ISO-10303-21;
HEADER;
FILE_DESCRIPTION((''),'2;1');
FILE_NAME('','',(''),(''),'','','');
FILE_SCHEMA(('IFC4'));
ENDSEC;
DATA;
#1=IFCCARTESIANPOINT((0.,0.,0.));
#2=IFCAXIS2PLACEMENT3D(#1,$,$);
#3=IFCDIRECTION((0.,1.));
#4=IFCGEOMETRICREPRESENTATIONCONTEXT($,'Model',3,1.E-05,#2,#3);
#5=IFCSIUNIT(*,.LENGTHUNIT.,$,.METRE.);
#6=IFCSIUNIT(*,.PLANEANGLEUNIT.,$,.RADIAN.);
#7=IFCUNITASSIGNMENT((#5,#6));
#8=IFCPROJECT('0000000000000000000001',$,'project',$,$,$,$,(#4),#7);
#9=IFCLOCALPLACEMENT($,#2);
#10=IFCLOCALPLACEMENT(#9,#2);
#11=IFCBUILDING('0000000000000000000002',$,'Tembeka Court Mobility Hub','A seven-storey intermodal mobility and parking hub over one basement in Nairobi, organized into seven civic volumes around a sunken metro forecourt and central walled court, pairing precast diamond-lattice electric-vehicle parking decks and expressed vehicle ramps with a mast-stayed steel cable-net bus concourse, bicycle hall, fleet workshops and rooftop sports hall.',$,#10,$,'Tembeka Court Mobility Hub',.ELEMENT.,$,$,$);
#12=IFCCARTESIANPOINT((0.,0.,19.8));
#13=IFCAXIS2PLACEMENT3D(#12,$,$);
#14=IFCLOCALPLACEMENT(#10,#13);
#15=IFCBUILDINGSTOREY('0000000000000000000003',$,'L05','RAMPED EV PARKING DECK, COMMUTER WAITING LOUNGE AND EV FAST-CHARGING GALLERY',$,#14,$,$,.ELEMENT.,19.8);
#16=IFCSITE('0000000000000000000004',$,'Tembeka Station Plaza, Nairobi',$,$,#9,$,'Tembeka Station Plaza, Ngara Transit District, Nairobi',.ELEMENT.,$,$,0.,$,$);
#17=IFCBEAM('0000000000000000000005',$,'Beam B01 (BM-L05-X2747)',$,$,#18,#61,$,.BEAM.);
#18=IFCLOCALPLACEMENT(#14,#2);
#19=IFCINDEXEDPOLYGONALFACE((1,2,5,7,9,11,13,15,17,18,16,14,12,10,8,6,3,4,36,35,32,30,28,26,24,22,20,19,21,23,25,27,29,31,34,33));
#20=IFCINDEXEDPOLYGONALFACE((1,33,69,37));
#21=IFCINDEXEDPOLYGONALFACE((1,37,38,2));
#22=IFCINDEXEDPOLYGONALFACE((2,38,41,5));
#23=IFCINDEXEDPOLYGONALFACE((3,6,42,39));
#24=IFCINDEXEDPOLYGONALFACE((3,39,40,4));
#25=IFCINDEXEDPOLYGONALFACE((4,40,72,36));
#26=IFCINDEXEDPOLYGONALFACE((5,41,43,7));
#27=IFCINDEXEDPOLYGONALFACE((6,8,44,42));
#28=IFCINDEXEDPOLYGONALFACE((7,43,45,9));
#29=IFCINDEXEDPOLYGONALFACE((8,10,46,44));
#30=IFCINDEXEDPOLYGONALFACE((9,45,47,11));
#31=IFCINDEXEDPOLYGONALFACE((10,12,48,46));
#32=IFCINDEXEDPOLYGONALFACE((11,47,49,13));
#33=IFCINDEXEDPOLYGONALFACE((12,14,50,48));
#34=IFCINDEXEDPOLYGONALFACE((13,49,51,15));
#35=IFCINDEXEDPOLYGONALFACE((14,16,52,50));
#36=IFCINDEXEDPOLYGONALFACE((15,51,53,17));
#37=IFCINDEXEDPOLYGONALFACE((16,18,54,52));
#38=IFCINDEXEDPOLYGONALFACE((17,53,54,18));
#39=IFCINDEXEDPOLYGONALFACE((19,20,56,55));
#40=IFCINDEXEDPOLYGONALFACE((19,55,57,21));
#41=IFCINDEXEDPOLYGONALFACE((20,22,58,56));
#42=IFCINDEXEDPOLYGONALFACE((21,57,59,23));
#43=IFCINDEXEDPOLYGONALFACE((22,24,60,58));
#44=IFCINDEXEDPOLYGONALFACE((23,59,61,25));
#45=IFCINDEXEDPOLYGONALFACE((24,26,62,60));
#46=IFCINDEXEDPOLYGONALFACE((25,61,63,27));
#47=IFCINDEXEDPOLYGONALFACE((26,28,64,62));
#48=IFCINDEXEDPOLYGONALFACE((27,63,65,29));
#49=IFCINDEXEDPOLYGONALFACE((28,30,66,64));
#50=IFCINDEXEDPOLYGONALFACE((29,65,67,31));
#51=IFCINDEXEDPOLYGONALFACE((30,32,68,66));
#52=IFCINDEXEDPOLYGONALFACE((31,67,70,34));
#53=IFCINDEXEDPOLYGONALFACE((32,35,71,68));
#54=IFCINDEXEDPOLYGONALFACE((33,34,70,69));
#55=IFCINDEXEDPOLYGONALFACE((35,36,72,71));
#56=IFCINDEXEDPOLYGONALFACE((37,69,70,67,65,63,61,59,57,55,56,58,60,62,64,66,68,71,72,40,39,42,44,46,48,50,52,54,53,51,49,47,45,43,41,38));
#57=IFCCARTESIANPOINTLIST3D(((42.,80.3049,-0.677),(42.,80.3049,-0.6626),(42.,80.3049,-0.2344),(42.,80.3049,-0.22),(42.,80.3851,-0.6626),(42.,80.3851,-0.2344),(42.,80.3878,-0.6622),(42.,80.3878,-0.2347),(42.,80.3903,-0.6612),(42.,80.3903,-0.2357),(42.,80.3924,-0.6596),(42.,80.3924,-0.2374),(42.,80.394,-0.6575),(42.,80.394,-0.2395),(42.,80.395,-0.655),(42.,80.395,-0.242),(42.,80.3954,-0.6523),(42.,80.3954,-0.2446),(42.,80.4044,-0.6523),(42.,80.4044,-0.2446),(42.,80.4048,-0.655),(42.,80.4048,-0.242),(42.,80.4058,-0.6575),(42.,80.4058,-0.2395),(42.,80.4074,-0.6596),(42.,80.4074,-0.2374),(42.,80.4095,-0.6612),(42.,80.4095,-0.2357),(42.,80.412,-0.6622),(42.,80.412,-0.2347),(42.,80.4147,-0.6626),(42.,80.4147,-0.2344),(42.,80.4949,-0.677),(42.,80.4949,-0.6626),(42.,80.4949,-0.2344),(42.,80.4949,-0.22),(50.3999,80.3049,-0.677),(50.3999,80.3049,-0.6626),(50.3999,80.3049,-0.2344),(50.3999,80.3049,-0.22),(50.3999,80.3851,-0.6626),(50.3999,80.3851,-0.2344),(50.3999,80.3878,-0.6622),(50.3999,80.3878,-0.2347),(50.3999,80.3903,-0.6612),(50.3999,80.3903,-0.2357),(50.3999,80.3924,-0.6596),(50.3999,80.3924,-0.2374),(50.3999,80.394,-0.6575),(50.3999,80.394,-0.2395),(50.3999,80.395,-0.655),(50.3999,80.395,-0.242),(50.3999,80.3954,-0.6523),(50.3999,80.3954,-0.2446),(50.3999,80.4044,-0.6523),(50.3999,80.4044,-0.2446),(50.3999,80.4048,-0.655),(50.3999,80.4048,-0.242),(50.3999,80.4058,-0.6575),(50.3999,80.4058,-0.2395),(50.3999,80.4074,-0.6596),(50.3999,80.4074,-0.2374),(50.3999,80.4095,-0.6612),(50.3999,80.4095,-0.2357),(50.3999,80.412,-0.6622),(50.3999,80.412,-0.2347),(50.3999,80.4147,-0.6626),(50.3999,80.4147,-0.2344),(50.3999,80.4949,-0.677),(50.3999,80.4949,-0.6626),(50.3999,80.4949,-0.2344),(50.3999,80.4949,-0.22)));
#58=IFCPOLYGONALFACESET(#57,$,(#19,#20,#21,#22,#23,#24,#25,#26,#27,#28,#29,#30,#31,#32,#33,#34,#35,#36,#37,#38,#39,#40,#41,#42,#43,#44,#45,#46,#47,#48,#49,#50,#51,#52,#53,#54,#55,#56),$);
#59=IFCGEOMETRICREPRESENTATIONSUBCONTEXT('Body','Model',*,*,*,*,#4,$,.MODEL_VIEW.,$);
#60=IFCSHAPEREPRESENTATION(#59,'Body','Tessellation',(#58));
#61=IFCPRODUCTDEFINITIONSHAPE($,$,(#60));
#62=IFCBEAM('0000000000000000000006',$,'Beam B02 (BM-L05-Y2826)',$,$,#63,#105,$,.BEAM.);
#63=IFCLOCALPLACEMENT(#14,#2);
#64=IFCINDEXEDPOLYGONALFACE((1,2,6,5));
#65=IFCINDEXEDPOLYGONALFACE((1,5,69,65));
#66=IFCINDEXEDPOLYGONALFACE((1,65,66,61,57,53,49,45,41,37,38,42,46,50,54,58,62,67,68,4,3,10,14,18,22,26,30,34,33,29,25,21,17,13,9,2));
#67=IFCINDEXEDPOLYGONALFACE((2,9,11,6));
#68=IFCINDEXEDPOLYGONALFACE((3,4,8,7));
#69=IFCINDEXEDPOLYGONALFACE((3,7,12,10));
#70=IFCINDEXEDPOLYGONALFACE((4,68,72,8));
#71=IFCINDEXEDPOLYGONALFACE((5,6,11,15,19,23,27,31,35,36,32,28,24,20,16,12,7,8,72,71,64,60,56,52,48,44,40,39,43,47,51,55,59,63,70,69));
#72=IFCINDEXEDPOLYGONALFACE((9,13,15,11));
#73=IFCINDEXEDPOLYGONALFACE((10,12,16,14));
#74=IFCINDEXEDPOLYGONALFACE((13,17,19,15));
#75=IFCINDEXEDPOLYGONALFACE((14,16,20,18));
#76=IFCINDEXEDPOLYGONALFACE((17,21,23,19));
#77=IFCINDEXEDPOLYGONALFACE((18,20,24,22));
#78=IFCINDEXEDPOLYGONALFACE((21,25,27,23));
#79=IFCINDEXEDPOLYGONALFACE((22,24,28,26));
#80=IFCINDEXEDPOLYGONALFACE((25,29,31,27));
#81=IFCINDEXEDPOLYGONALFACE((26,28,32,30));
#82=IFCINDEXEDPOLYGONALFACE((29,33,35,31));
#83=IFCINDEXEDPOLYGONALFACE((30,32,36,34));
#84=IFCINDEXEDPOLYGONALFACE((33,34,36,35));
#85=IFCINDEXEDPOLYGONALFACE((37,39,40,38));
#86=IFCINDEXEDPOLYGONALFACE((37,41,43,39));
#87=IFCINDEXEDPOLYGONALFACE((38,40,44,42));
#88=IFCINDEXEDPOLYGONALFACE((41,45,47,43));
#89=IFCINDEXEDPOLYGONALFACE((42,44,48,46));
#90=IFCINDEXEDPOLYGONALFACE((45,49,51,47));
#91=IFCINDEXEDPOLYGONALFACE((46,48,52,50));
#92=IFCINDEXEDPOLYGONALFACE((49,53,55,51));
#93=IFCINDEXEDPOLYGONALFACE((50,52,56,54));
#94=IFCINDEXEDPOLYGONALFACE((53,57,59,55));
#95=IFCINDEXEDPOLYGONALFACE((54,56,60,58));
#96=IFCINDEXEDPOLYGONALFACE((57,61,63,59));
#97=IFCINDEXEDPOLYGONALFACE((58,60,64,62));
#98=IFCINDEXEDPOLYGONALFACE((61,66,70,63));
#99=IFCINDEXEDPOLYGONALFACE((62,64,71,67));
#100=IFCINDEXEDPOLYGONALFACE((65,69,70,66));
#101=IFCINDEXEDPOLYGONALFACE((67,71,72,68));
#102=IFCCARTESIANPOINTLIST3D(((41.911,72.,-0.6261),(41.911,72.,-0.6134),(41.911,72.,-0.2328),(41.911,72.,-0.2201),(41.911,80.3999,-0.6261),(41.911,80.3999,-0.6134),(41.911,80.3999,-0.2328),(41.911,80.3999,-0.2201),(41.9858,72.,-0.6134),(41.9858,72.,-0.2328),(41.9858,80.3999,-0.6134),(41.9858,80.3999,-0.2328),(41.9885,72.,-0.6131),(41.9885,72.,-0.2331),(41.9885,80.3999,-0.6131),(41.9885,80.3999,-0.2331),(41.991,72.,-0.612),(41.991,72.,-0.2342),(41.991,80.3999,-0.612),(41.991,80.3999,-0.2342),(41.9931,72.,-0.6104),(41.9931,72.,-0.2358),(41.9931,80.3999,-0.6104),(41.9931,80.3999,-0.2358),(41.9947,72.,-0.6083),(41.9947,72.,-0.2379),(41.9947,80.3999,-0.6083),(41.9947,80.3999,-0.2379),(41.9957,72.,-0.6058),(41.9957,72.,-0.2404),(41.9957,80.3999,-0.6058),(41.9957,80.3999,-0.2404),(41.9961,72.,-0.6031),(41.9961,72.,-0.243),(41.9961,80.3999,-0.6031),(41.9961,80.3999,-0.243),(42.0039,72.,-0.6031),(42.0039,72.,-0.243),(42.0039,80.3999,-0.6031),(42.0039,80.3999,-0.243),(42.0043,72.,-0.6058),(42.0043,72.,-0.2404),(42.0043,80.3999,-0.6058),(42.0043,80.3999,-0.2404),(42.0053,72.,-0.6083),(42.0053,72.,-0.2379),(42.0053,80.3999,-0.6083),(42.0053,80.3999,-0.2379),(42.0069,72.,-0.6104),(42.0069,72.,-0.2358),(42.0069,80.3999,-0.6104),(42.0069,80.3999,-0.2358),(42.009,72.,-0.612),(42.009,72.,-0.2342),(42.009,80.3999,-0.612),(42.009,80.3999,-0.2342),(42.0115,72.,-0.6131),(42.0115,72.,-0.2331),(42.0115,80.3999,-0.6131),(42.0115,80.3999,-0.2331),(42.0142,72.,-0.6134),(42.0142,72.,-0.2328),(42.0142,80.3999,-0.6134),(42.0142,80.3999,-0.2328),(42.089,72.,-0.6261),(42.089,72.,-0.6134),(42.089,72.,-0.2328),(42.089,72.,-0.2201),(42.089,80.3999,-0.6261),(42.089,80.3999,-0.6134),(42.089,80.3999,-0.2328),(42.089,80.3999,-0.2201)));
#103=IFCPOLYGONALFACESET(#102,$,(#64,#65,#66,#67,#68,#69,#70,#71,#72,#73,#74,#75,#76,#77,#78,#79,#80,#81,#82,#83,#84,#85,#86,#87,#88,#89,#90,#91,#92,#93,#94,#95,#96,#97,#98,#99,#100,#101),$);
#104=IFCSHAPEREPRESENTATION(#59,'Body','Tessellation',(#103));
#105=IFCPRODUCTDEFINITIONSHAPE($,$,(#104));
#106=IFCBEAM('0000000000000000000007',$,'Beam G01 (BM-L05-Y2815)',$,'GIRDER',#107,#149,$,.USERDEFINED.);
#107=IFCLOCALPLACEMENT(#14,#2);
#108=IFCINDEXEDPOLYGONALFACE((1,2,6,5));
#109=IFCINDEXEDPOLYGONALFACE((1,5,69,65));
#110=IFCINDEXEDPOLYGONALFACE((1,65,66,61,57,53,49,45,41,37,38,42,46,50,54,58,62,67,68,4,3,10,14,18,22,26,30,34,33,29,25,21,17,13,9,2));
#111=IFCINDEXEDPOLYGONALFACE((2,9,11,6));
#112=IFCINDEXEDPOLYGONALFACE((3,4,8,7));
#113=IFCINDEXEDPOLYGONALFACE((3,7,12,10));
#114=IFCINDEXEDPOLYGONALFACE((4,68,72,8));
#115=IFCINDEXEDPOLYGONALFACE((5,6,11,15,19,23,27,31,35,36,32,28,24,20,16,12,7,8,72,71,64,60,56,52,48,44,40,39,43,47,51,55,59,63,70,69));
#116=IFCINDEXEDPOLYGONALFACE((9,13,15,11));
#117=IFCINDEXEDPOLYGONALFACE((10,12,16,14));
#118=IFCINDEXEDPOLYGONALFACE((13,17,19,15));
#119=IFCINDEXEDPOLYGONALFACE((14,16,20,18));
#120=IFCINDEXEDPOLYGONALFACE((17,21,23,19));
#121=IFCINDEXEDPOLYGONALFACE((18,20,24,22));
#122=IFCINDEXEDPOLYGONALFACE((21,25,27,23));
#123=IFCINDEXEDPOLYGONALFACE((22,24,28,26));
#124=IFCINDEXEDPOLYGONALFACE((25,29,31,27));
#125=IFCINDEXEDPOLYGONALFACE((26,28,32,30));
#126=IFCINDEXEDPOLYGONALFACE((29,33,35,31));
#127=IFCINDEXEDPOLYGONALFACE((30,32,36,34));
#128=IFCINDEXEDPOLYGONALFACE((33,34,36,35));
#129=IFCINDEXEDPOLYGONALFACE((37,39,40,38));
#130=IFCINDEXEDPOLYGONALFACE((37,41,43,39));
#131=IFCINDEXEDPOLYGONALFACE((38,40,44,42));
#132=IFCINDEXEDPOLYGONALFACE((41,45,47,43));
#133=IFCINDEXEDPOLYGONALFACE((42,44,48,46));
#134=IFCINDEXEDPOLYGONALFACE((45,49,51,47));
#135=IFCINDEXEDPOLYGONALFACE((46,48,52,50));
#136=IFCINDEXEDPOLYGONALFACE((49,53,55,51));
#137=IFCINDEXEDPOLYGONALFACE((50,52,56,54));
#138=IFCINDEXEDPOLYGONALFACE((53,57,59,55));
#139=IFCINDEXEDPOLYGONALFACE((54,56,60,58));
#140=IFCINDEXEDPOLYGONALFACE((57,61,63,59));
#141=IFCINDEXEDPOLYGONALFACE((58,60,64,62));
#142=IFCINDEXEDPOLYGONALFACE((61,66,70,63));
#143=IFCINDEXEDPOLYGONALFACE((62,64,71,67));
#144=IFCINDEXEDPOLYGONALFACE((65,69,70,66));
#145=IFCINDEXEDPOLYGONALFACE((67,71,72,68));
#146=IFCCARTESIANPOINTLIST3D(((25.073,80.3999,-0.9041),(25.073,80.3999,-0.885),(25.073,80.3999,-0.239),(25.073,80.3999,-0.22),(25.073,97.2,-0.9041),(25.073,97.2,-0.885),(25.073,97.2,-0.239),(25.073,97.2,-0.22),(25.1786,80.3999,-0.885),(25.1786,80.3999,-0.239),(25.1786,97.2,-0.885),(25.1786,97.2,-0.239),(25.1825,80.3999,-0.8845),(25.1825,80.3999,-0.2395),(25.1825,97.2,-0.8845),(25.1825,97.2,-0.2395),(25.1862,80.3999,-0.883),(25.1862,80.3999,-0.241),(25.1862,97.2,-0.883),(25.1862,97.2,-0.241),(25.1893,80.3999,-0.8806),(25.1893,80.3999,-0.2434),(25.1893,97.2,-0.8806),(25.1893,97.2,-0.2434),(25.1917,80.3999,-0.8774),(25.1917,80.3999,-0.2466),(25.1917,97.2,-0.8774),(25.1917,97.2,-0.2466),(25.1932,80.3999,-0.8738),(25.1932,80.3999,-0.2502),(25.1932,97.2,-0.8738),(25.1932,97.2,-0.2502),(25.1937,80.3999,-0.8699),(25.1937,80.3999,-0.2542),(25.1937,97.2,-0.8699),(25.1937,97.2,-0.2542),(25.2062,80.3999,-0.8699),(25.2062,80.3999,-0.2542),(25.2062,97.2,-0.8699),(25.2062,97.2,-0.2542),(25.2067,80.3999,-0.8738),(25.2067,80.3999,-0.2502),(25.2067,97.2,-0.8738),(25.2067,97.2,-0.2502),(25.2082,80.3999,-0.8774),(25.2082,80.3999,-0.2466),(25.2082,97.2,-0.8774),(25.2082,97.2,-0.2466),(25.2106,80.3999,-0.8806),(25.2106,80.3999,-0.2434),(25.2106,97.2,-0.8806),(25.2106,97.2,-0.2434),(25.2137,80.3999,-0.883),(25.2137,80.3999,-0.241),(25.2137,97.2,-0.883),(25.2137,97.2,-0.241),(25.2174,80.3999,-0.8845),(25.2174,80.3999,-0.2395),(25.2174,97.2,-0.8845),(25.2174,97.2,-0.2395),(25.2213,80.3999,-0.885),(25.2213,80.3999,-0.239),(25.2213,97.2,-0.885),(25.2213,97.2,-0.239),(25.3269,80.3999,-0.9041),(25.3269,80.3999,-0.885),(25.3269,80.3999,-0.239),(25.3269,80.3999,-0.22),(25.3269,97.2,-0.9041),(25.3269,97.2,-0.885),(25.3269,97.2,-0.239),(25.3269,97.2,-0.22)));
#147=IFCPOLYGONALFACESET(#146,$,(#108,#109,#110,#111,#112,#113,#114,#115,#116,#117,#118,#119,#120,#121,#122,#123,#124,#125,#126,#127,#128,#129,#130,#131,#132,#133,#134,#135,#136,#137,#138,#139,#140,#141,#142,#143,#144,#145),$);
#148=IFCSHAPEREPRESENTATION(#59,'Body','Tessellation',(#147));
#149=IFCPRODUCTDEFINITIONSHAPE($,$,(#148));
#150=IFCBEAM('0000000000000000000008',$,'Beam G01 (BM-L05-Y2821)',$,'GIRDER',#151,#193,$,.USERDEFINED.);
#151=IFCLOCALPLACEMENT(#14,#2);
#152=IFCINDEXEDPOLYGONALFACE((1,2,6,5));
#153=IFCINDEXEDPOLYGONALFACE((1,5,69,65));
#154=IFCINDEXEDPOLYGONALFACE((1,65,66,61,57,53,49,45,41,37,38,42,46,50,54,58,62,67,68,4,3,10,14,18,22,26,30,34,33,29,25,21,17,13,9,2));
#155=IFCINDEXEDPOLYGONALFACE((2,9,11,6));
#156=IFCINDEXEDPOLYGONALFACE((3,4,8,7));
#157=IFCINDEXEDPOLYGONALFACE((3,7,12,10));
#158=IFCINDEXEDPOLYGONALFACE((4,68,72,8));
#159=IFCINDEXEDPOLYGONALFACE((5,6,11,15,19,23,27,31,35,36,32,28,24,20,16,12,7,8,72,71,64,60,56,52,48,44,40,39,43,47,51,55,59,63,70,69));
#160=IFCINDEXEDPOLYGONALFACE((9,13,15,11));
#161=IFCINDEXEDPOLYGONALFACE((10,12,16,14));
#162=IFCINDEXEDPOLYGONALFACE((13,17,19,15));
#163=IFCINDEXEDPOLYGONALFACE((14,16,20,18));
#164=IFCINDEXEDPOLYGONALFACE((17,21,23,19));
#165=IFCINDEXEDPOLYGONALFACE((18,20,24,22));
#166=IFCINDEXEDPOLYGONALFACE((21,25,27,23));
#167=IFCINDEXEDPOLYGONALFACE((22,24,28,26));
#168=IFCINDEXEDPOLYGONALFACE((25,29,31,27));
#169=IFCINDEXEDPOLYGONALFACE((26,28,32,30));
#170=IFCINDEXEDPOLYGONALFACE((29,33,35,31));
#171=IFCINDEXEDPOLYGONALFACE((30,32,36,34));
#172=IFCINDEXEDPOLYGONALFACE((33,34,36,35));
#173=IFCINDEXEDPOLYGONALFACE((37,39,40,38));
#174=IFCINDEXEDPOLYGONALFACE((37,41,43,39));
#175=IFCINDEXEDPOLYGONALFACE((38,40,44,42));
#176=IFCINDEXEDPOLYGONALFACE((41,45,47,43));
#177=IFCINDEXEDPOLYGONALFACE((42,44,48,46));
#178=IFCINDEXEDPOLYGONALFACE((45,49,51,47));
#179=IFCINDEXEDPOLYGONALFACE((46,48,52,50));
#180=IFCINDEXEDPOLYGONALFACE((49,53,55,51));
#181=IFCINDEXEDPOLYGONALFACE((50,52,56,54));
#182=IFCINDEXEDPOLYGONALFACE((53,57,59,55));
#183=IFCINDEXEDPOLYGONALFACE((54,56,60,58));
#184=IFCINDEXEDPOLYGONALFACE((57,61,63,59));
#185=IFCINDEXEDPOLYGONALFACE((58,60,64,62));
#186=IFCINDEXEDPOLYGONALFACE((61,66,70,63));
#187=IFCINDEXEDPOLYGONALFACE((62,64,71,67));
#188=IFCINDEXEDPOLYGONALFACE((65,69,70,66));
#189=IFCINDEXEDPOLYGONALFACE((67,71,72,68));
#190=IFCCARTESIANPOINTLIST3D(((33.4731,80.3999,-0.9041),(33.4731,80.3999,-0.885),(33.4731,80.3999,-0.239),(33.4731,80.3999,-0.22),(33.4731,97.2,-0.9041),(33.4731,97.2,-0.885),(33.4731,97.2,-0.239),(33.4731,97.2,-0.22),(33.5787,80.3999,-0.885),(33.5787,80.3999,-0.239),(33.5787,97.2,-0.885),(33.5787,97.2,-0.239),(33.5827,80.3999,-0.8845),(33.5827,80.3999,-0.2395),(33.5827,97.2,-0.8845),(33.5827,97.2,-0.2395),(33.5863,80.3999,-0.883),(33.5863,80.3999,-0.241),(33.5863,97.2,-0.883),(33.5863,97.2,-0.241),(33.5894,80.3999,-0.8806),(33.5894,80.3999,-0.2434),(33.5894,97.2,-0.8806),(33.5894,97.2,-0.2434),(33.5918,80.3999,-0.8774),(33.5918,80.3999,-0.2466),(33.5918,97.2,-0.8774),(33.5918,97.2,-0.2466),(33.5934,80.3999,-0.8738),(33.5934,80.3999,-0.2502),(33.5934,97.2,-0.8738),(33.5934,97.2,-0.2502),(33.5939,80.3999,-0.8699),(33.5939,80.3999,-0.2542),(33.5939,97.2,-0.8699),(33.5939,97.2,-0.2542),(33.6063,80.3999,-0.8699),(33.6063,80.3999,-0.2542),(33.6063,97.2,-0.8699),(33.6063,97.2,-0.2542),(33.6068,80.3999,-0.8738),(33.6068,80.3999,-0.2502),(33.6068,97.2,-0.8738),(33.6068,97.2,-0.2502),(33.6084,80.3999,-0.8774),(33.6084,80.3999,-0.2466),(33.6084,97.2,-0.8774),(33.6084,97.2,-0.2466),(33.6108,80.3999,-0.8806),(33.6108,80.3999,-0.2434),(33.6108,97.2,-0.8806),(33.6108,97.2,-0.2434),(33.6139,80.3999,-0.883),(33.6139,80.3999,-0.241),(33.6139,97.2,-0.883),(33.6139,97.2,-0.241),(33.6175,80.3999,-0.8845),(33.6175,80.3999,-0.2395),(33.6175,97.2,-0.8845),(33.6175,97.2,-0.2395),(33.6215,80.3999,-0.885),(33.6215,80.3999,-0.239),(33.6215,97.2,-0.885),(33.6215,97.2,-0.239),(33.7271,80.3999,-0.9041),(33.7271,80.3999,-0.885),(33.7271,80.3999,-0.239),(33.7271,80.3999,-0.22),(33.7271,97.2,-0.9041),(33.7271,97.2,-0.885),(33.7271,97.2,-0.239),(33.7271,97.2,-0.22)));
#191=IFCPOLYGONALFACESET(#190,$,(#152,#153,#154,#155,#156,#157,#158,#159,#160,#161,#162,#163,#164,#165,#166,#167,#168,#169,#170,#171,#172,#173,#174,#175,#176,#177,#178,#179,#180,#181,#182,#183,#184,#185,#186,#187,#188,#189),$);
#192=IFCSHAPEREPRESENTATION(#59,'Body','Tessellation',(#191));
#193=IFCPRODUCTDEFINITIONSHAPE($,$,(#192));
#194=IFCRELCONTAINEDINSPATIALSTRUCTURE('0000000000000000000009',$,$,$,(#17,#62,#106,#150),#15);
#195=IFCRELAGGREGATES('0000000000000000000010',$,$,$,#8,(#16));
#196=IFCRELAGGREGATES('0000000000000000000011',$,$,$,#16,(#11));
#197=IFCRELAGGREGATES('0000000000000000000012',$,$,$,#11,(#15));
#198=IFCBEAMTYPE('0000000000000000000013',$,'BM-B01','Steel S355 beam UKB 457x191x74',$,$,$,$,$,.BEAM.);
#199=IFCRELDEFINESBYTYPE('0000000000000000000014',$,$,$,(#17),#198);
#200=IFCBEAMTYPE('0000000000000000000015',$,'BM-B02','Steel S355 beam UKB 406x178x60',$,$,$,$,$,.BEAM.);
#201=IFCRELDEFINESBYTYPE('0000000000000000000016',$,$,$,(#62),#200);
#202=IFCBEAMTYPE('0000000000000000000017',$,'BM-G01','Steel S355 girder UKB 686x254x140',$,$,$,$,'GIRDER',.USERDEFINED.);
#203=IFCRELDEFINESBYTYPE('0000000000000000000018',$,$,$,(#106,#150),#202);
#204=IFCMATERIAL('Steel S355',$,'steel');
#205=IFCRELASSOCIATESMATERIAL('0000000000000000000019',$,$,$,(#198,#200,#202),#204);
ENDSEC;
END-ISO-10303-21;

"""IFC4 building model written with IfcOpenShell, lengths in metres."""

from ifc_helpers import new_model, si_unit, direction, frame, origin, origin_2d, place, context, subcontext, project, spatial, i_section, extrude, material, material_profile, profile_set, type_object, element, save


model = new_model("IFC4")

# Units and contexts
model_context = context("Model", 3, precision=1e-05, world=origin(), true_north=direction((0.0, 1.0)))
body_context = subcontext(model_context, "Body", "Model", "MODEL_VIEW")
ifc_project = project(units=[si_unit("LENGTHUNIT", "METRE"), si_unit("PLANEANGLEUNIT", "RADIAN")], contexts=[model_context])

# Site, building, storey
site_placement = place(None, origin())
site = spatial("IfcSite", under=ifc_project, at=site_placement, Name="Tembeka Station Plaza, Nairobi", LongName="Tembeka Station Plaza, Ngara Transit District, Nairobi", CompositionType="ELEMENT", RefElevation=0.0)
building_placement = place(site_placement, origin())
building = spatial("IfcBuilding", under=site, at=building_placement, Name="Tembeka Court Mobility Hub", Description="A seven-storey intermodal mobility and parking hub over one basement in Nairobi, organized into seven civic volumes around a sunken metro forecourt and central walled court, pairing precast diamond-lattice electric-vehicle parking decks and expressed vehicle ramps with a mast-stayed steel cable-net bus concourse, bicycle hall, fleet workshops and rooftop sports hall.", LongName="Tembeka Court Mobility Hub", CompositionType="ELEMENT")
storey_placement = place(building_placement, frame((0.0, 0.0, 19.8)))
storey = spatial("IfcBuildingStorey", under=building, at=storey_placement, Name="L05", Description="RAMPED EV PARKING DECK, COMMUTER WAITING LOUNGE AND EV FAST-CHARGING GALLERY", CompositionType="ELEMENT", Elevation=19.8)

# Shared definitions
ifc_material = material(Name="Steel S355", Category="steel")

# Beams
ifc_material_profile_1 = material_profile(ifc_material, i_section(OverallWidth=0.1899, OverallDepth=0.457, WebThickness=0.009, FlangeThickness=0.0144, FilletRadius=0.0103, at=origin_2d()), Name="UKB 457x191x74")
ifc_profile_set_1 = profile_set([ifc_material_profile_1], Name="Steel S355")
beam_type_1 = type_object("IfcBeamType", Name="BM-B01", Description="Steel S355 beam UKB 457x191x74", PredefinedType="BEAM", material=ifc_profile_set_1)
for number, where, z_axis, x_axis, name in (
    (1, (42.0, 80.3999, -0.4485), (1.0, 0.0, 0.0), (0.0, 1.0, 0.0), "Beam B01 (BM-L05-X2747)"),
):
    element("IfcBeam", number, at=place(storey_placement, frame(where, z_axis=z_axis, x_axis=x_axis)), inside=storey, type_object=beam_type_1, Name=name, PredefinedType="BEAM", context=body_context, shape_type="SweptSolid", body=[
        extrude(i_section(OverallWidth=0.1899, OverallDepth=0.457, WebThickness=0.009, FlangeThickness=0.0144, FilletRadius=0.0103, at=origin_2d()), origin(), (0.0, 0.0, 1.0), 8.3999),
    ])
ifc_material_profile_2 = material_profile(ifc_material, i_section(OverallWidth=0.178, OverallDepth=0.406, WebThickness=0.0078, FlangeThickness=0.0127, FilletRadius=0.0103, at=origin_2d()), Name="UKB 406x178x60")
ifc_profile_set_2 = profile_set([ifc_material_profile_2], Name="Steel S355")
beam_type_2 = type_object("IfcBeamType", Name="BM-B02", Description="Steel S355 beam UKB 406x178x60", PredefinedType="BEAM", material=ifc_profile_set_2)
beam_1_placement = place(storey_placement, frame((42.0, 72.0, -0.4231), z_axis=(0.0, 1.0, 0.0), x_axis=(-1.0, 0.0, 0.0)))
element("IfcBeam", 2, at=beam_1_placement, inside=storey, type_object=beam_type_2, Name="Beam B02 (BM-L05-Y2826)", PredefinedType="BEAM", context=body_context, shape_type="SweptSolid", body=[
    extrude(i_section(OverallWidth=0.178, OverallDepth=0.406, WebThickness=0.0078, FlangeThickness=0.0127, FilletRadius=0.0103, at=origin_2d()), origin(), (0.0, 0.0, 1.0), 8.3999),
])
ifc_material_profile_3 = material_profile(ifc_material, i_section(OverallWidth=0.2539, OverallDepth=0.6841, WebThickness=0.0125, FlangeThickness=0.019, FilletRadius=0.0151, at=origin_2d()), Name="UKB 686x254x140")
ifc_profile_set_3 = profile_set([ifc_material_profile_3], Name="Steel S355")
beam_type_3 = type_object("IfcBeamType", Name="BM-G01", Description="Steel S355 girder UKB 686x254x140", ElementType="GIRDER", PredefinedType="USERDEFINED", material=ifc_profile_set_3)
for number, where, z_axis, x_axis, name in (
    (3, (25.2, 80.3999, -0.562), (0.0, 1.0, 0.0), (-1.0, 0.0, 0.0), "Beam G01 (BM-L05-Y2815)"),
    (4, (33.6001, 80.3999, -0.562), (0.0, 1.0, 0.0), (-1.0, 0.0, 0.0), "Beam G01 (BM-L05-Y2821)"),
):
    element("IfcBeam", number, at=place(storey_placement, frame(where, z_axis=z_axis, x_axis=x_axis)), inside=storey, type_object=beam_type_3, Name=name, ObjectType="GIRDER", PredefinedType="USERDEFINED", context=body_context, shape_type="SweptSolid", body=[
        extrude(i_section(OverallWidth=0.2539, OverallDepth=0.6841, WebThickness=0.0125, FlangeThickness=0.019, FilletRadius=0.0151, at=origin_2d()), origin(), (0.0, 0.0, 1.0), 16.8),
    ])

save(model, "model.ifc")
